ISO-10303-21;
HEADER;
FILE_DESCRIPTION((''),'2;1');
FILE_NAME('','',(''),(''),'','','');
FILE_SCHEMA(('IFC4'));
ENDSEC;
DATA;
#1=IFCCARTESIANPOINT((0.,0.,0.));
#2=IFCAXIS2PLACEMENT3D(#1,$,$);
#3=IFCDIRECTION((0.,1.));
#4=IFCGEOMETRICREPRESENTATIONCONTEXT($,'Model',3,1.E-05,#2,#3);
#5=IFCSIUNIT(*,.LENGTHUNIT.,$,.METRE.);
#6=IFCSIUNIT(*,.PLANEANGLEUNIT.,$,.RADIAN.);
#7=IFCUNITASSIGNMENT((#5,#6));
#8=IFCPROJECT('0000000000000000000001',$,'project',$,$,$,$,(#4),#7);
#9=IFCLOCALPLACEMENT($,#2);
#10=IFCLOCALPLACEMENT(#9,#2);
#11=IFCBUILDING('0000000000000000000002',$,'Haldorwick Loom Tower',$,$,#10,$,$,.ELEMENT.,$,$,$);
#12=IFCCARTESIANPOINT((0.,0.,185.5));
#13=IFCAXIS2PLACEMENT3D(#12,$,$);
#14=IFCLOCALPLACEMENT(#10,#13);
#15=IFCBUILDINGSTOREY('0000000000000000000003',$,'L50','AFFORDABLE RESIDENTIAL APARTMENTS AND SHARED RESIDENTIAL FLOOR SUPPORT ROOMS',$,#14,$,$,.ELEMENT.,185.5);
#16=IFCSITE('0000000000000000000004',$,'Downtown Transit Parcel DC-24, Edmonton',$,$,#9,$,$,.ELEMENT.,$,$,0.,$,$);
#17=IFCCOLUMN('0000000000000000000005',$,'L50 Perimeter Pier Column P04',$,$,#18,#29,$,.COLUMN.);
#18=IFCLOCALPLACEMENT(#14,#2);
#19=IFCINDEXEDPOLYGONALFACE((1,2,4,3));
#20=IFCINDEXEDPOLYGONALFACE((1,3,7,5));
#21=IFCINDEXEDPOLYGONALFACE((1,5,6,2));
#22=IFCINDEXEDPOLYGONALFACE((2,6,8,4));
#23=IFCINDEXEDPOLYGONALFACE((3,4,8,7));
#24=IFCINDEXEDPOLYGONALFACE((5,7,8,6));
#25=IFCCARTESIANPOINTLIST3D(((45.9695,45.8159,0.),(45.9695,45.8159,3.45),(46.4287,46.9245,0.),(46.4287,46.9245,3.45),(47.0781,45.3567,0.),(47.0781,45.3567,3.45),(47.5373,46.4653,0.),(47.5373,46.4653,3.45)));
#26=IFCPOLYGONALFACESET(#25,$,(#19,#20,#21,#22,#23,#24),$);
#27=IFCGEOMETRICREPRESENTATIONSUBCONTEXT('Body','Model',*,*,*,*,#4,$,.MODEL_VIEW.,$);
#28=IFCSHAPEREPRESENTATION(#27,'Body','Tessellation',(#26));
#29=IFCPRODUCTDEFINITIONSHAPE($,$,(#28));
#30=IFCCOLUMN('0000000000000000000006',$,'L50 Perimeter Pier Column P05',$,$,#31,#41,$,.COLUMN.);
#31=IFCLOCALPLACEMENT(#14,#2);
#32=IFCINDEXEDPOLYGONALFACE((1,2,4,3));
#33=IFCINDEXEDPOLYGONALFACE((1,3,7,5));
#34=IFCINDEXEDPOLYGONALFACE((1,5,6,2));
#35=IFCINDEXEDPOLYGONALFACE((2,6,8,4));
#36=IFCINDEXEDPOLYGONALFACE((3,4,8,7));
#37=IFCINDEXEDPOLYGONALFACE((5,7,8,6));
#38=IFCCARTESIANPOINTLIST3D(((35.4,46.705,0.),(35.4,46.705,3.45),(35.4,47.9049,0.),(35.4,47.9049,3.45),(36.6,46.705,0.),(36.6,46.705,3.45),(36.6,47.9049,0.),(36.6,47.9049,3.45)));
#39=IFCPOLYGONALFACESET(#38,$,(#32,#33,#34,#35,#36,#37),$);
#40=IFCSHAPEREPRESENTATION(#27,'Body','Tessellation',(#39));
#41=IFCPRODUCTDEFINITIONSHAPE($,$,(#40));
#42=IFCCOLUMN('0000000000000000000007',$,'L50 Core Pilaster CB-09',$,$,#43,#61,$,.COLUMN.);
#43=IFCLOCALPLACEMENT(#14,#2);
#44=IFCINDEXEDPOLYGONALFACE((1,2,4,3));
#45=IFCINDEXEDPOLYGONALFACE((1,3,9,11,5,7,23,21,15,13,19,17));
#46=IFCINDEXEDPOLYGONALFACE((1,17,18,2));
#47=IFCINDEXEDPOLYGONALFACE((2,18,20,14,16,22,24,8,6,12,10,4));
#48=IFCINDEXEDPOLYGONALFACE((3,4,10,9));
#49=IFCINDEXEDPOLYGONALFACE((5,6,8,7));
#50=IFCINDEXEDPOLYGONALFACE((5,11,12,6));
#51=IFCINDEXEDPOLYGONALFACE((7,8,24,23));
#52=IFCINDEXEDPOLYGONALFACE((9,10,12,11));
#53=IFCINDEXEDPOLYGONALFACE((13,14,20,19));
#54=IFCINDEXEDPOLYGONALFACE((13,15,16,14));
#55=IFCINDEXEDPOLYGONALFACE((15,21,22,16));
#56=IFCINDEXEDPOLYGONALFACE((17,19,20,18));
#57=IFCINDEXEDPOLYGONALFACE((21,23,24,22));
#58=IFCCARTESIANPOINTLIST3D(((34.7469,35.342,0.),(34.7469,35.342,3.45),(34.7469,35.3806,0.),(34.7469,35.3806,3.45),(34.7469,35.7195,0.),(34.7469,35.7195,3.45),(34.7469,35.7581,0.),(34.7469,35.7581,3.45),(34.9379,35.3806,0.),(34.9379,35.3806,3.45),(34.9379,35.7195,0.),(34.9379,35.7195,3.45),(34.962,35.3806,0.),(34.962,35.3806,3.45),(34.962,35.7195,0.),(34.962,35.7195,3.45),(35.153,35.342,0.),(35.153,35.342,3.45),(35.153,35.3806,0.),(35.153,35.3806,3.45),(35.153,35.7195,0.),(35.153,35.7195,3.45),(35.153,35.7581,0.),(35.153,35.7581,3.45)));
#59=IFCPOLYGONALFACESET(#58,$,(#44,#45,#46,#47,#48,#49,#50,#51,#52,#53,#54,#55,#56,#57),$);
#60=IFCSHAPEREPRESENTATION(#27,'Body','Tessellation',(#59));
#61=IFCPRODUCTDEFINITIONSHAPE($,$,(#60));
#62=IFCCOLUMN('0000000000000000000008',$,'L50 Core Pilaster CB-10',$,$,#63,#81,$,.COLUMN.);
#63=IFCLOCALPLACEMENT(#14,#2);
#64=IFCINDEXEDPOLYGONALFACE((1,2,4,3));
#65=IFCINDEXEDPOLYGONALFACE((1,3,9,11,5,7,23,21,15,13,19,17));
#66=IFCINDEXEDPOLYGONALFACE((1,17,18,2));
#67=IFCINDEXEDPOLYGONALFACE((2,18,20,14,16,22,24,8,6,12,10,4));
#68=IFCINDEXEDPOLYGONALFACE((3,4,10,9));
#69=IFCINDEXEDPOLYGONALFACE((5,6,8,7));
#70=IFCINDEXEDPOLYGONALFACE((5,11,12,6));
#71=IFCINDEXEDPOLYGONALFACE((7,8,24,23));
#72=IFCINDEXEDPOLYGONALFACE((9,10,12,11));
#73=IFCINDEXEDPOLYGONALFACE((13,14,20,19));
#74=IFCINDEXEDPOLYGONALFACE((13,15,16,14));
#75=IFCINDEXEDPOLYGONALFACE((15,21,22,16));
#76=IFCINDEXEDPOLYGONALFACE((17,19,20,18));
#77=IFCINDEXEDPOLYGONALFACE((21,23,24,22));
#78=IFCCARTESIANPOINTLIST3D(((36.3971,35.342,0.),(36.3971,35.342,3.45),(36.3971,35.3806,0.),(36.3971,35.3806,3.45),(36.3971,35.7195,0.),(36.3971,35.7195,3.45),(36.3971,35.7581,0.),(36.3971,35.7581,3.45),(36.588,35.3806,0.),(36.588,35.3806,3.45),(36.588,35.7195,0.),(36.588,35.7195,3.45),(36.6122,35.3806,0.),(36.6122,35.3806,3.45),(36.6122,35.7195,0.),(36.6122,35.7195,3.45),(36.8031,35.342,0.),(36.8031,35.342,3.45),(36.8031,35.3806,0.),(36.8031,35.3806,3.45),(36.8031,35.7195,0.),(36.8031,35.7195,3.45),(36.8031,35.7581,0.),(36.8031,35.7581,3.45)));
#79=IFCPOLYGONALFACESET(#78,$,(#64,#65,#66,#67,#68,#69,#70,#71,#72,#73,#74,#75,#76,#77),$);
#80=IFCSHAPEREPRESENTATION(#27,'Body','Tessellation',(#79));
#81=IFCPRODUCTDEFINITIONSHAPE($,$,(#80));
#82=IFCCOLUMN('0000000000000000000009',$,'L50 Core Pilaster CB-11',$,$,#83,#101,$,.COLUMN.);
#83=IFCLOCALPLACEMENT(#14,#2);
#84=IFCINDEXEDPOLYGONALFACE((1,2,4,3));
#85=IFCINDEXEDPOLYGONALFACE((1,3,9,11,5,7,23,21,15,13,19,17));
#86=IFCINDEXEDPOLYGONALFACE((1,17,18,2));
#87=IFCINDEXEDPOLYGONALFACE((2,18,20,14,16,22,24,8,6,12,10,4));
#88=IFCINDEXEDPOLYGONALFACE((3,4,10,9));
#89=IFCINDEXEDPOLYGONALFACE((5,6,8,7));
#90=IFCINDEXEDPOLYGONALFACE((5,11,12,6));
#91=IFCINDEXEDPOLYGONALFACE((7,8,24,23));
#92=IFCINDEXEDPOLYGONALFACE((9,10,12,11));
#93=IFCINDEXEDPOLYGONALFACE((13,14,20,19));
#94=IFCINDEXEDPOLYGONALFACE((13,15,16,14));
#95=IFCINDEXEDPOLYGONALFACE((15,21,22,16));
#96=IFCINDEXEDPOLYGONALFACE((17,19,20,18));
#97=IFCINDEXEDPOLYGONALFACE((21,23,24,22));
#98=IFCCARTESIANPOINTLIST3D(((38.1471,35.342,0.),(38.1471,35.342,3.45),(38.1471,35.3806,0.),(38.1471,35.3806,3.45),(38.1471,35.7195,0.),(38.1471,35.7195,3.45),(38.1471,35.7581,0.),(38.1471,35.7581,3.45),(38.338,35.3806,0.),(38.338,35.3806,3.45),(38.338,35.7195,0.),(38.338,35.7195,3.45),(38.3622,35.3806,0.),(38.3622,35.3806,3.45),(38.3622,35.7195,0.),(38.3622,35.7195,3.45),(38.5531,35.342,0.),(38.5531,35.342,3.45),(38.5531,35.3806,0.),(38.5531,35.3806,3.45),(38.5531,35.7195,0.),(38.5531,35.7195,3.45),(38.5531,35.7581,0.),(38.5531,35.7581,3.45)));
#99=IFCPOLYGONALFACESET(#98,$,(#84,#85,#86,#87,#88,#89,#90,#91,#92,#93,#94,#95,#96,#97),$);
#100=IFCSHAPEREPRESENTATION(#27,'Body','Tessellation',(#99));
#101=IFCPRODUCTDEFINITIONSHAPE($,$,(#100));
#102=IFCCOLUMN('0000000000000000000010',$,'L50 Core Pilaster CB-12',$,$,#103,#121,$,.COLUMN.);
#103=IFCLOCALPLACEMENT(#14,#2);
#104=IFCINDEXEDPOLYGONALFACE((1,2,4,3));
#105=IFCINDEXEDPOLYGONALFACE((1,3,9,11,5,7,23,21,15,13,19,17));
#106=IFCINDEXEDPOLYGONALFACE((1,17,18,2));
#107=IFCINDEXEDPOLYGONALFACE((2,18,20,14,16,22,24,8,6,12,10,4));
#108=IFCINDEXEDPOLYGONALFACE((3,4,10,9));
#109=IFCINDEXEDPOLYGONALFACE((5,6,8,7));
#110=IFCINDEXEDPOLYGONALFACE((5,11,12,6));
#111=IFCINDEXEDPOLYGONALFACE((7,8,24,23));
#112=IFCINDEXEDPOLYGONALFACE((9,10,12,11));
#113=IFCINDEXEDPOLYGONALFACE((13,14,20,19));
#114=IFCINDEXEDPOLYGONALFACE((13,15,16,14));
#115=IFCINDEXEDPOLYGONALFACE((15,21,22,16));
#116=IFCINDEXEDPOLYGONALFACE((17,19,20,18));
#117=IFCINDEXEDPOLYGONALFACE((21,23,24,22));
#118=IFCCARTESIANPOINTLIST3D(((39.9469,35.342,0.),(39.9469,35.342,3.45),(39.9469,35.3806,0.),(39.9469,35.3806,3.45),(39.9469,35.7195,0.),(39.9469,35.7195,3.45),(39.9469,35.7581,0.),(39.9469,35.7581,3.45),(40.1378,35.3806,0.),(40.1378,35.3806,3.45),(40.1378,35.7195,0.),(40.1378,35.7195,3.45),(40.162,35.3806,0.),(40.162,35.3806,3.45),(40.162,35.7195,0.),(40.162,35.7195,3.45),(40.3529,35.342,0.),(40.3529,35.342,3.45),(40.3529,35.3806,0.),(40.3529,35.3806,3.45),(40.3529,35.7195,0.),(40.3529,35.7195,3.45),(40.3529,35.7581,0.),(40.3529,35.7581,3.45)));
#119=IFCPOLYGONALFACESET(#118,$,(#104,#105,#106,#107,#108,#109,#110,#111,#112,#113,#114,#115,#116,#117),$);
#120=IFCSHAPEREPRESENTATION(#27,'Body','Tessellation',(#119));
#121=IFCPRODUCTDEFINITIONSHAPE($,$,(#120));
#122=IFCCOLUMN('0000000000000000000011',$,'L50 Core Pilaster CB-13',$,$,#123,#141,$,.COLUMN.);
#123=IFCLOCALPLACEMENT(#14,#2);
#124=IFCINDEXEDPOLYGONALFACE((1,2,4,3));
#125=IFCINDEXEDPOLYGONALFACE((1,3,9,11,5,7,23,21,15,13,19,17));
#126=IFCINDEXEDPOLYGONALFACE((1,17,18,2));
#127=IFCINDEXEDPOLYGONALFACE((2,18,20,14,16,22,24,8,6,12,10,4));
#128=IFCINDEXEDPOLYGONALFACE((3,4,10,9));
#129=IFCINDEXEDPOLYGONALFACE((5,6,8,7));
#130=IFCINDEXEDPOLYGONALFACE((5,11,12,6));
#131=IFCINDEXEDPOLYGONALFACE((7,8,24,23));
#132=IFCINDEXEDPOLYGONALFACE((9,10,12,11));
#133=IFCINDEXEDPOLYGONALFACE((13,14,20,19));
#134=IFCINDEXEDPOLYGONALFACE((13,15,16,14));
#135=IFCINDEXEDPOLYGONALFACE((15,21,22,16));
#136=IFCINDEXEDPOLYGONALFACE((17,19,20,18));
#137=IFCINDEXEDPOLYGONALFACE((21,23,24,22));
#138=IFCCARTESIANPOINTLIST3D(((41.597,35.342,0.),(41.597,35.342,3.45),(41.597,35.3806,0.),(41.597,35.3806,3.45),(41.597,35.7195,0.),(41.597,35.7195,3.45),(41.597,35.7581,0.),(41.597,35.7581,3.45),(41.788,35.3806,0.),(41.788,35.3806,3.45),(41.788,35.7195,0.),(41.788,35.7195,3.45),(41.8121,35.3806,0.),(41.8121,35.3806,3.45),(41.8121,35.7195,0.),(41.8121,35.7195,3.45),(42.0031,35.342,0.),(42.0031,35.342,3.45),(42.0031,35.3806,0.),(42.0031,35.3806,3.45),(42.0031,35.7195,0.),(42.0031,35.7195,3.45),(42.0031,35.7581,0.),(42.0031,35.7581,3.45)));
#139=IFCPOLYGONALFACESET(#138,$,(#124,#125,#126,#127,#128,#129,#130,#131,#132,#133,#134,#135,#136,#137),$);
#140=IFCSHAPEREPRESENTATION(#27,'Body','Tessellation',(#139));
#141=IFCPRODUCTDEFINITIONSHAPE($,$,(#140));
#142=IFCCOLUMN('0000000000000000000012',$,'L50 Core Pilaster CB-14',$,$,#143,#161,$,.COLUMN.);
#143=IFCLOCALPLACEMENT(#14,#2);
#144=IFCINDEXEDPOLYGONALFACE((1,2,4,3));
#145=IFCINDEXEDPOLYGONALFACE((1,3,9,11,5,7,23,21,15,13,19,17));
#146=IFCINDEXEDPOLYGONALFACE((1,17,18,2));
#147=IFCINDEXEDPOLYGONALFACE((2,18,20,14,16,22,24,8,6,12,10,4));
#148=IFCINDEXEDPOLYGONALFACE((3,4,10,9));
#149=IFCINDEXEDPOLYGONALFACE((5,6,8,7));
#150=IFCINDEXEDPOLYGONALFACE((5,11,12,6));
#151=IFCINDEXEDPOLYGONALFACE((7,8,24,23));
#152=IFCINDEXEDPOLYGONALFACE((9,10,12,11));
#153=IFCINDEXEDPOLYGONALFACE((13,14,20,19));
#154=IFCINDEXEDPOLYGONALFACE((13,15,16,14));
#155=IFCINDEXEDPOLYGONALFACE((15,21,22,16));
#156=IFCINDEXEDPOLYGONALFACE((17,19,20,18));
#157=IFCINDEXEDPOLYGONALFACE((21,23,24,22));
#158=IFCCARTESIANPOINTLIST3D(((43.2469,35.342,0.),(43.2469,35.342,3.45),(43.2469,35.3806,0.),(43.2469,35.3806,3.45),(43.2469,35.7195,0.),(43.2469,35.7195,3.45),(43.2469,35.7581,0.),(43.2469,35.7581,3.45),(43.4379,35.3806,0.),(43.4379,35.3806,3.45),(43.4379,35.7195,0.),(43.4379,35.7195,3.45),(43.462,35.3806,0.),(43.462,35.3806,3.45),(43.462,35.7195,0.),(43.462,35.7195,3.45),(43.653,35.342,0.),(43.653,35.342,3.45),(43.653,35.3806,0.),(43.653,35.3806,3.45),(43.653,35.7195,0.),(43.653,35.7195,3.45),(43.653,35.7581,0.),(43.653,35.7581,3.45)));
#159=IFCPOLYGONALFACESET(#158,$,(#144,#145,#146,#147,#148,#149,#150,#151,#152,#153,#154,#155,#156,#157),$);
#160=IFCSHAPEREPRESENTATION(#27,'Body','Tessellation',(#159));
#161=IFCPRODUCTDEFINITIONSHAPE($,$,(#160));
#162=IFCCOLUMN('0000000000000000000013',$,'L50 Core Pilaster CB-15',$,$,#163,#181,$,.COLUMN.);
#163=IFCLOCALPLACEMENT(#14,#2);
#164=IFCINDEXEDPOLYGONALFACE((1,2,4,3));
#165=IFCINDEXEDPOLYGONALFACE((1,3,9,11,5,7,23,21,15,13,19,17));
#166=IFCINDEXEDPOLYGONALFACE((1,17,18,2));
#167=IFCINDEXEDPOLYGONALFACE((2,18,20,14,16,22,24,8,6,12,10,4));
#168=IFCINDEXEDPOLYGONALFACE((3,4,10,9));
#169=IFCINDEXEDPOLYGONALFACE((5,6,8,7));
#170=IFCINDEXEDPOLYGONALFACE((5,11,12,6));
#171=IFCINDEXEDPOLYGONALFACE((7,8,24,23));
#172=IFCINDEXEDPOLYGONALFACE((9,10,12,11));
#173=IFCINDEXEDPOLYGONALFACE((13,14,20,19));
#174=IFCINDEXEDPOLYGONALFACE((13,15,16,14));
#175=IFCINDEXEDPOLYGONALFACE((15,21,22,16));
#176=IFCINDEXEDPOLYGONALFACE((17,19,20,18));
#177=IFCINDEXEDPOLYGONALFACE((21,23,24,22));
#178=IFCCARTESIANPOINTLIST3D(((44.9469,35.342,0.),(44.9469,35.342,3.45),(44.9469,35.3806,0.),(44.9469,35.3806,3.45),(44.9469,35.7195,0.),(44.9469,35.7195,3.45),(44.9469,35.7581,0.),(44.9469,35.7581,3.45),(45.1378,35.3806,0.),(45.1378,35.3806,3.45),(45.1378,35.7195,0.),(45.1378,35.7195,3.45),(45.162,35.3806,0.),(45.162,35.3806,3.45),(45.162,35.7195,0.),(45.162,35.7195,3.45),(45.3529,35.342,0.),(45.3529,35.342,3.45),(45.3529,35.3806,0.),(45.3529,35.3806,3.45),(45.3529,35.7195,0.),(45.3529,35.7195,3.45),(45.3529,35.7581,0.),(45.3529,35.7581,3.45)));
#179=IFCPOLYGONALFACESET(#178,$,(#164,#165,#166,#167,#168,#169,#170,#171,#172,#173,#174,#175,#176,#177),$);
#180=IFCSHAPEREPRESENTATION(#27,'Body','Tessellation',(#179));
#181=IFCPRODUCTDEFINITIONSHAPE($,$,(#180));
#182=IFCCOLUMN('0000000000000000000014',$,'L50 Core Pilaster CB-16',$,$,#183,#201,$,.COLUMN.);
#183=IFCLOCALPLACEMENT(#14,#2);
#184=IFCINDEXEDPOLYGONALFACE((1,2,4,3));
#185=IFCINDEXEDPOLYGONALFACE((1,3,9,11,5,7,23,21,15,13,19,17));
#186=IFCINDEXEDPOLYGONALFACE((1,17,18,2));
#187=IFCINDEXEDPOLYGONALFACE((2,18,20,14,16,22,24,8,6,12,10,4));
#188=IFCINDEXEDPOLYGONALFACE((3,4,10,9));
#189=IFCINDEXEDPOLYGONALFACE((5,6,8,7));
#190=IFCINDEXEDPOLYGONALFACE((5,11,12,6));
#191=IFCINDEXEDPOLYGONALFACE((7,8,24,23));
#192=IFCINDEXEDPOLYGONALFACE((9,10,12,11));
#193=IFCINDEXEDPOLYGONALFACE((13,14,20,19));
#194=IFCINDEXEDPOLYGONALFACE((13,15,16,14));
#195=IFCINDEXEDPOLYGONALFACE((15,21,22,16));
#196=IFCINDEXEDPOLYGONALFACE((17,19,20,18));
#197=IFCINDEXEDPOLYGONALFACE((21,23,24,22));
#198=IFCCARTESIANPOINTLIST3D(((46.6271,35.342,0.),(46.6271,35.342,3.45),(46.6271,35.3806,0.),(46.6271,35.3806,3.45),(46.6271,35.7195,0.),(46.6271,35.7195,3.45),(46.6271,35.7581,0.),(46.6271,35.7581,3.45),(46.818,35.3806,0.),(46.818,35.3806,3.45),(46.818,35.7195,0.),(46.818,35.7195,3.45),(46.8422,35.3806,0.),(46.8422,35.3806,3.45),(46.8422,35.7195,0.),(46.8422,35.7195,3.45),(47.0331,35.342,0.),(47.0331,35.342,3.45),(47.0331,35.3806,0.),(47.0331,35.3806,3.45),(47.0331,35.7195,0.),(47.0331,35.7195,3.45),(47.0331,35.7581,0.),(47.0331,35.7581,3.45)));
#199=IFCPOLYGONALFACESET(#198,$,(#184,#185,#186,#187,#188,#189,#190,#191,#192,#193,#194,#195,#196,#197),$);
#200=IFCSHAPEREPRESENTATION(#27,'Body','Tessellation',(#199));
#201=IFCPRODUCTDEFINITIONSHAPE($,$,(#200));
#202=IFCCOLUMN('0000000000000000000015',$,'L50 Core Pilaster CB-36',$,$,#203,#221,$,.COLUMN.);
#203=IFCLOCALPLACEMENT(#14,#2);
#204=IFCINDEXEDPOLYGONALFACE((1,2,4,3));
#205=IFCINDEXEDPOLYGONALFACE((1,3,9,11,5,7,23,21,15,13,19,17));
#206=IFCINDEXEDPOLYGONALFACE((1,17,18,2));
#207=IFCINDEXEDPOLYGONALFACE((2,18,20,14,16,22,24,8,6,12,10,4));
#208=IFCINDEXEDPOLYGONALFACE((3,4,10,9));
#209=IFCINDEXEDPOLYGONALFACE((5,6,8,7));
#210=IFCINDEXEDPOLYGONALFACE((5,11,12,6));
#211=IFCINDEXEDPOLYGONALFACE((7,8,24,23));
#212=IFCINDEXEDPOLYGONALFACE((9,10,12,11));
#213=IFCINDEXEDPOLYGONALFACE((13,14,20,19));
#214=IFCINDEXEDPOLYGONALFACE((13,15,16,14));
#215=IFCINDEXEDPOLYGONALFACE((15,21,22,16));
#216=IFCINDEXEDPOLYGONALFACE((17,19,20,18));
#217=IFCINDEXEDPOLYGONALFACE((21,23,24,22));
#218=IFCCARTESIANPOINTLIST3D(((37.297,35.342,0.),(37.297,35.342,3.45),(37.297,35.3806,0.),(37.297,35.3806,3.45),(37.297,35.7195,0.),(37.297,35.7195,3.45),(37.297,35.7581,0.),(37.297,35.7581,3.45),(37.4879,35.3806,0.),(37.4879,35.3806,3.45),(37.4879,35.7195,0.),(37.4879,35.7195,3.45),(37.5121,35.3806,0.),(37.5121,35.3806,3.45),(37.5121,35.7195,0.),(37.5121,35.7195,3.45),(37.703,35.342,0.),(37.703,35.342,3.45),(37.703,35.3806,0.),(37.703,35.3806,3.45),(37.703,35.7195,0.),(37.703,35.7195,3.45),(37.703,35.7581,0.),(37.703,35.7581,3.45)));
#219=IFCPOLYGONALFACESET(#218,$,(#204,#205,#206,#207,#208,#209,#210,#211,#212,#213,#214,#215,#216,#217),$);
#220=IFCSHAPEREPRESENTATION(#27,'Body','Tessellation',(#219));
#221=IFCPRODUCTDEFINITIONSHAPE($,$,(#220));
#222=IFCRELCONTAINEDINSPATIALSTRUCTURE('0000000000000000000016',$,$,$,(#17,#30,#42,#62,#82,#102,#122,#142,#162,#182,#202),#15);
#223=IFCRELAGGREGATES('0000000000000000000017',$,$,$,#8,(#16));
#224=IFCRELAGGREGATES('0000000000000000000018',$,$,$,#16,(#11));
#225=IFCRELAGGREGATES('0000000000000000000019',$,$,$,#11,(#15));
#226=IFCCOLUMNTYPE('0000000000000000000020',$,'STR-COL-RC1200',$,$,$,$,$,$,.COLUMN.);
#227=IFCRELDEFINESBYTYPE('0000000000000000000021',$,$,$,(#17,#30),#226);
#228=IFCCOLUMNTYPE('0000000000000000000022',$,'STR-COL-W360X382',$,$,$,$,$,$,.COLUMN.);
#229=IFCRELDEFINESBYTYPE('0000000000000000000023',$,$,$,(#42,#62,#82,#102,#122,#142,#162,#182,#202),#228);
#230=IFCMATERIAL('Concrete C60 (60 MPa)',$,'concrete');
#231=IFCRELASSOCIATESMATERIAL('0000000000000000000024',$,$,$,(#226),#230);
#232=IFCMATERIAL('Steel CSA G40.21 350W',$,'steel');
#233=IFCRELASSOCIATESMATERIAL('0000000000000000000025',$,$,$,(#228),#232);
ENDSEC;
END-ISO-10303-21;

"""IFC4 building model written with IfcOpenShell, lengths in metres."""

from ifc_helpers import new_model, si_unit, direction, frame, origin, origin_2d, place, context, subcontext, project, spatial, rectangle, i_section, extrude, material, material_profile, profile_set, type_object, element, save


model = new_model("IFC4")

# Units and contexts
model_context = context("Model", 3, precision=1e-05, world=origin(), true_north=direction((0.0, 1.0)))
body_context = subcontext(model_context, "Body", "Model", "MODEL_VIEW")
ifc_project = project(units=[si_unit("LENGTHUNIT", "METRE"), si_unit("PLANEANGLEUNIT", "RADIAN")], contexts=[model_context])

# Site, building, storey
site_placement = place(None, origin())
site = spatial("IfcSite", under=ifc_project, at=site_placement, Name="Downtown Transit Parcel DC-24, Edmonton", CompositionType="ELEMENT", RefElevation=0.0)
building_placement = place(site_placement, origin())
building = spatial("IfcBuilding", under=site, at=building_placement, Name="Haldorwick Loom Tower", CompositionType="ELEMENT")
storey_placement = place(building_placement, frame((0.0, 0.0, 185.5)))
storey = spatial("IfcBuildingStorey", under=building, at=storey_placement, Name="L50", Description="AFFORDABLE RESIDENTIAL APARTMENTS AND SHARED RESIDENTIAL FLOOR SUPPORT ROOMS", CompositionType="ELEMENT", Elevation=185.5)

# Columns
ifc_material_1 = material(Name="Concrete C60 (60 MPa)", Category="concrete")
ifc_material_profile_1 = material_profile(ifc_material_1, rectangle(XDim=1.2, YDim=1.2, at=origin_2d()), Name="RC1200X1200", Category="concrete")
ifc_profile_set_1 = profile_set([ifc_material_profile_1], Name="Concrete C60 (60 MPa)")
column_type_1 = type_object("IfcColumnType", Name="STR-COL-RC1200", PredefinedType="COLUMN", material=ifc_profile_set_1)
for number, where, z_axis, x_axis, name in (
    (1, (46.7534, 46.1406, 0.0), (0.0, 0.0, 1.0), (0.382683, 0.92388, 0.0), "L50 Perimeter Pier Column P04"),
    (2, (36.0, 47.3049, 0.0), (0.0, 0.0, 1.0), (0.0, 1.0, 0.0), "L50 Perimeter Pier Column P05"),
):
    element("IfcColumn", number, at=place(storey_placement, frame(where, z_axis=z_axis, x_axis=x_axis)), inside=storey, type_object=column_type_1, Name=name, PredefinedType="COLUMN", context=body_context, shape_type="SweptSolid", body=[
        extrude(rectangle(XDim=1.2, YDim=1.2, at=origin_2d()), origin(), (0.0, 0.0, 1.0), 3.45),
    ])
ifc_material_2 = material(Name="Steel CSA G40.21 350W", Category="steel")
ifc_material_profile_2 = material_profile(ifc_material_2, i_section(OverallWidth=0.406, OverallDepth=0.416, WebThickness=0.0242, FlangeThickness=0.0386, at=origin_2d()), Name="W360X382", Category="steel")
ifc_profile_set_2 = profile_set([ifc_material_profile_2], Name="Steel CSA G40.21 350W")
column_type_2 = type_object("IfcColumnType", Name="STR-COL-W360X382", PredefinedType="COLUMN", material=ifc_profile_set_2)
for number, where, z_axis, x_axis, name in (
    (3, (34.95, 35.55, 0.0), (0.0, 0.0, 1.0), (1.0, 0.0, 0.0), "L50 Core Pilaster CB-09"),
    (4, (36.6001, 35.55, 0.0), (0.0, 0.0, 1.0), (1.0, 0.0, 0.0), "L50 Core Pilaster CB-10"),
    (5, (38.3501, 35.55, 0.0), (0.0, 0.0, 1.0), (1.0, 0.0, 0.0), "L50 Core Pilaster CB-11"),
    (6, (40.1499, 35.55, 0.0), (0.0, 0.0, 1.0), (1.0, 0.0, 0.0), "L50 Core Pilaster CB-12"),
    (7, (41.8, 35.55, 0.0), (0.0, 0.0, 1.0), (1.0, 0.0, 0.0), "L50 Core Pilaster CB-13"),
    (8, (43.45, 35.55, 0.0), (0.0, 0.0, 1.0), (1.0, 0.0, 0.0), "L50 Core Pilaster CB-14"),
    (9, (45.1499, 35.55, 0.0), (0.0, 0.0, 1.0), (1.0, 0.0, 0.0), "L50 Core Pilaster CB-15"),
    (10, (46.8301, 35.55, 0.0), (0.0, 0.0, 1.0), (1.0, 0.0, 0.0), "L50 Core Pilaster CB-16"),
    (11, (37.5, 35.55, 0.0), (0.0, 0.0, 1.0), (1.0, 0.0, 0.0), "L50 Core Pilaster CB-36"),
):
    element("IfcColumn", number, at=place(storey_placement, frame(where, z_axis=z_axis, x_axis=x_axis)), inside=storey, type_object=column_type_2, Name=name, PredefinedType="COLUMN", context=body_context, shape_type="SweptSolid", body=[
        extrude(i_section(OverallWidth=0.406, OverallDepth=0.416, WebThickness=0.0242, FlangeThickness=0.0386, at=origin_2d()), origin(), (0.0, 0.0, 1.0), 3.45),
    ])

save(model, "model.ifc")
